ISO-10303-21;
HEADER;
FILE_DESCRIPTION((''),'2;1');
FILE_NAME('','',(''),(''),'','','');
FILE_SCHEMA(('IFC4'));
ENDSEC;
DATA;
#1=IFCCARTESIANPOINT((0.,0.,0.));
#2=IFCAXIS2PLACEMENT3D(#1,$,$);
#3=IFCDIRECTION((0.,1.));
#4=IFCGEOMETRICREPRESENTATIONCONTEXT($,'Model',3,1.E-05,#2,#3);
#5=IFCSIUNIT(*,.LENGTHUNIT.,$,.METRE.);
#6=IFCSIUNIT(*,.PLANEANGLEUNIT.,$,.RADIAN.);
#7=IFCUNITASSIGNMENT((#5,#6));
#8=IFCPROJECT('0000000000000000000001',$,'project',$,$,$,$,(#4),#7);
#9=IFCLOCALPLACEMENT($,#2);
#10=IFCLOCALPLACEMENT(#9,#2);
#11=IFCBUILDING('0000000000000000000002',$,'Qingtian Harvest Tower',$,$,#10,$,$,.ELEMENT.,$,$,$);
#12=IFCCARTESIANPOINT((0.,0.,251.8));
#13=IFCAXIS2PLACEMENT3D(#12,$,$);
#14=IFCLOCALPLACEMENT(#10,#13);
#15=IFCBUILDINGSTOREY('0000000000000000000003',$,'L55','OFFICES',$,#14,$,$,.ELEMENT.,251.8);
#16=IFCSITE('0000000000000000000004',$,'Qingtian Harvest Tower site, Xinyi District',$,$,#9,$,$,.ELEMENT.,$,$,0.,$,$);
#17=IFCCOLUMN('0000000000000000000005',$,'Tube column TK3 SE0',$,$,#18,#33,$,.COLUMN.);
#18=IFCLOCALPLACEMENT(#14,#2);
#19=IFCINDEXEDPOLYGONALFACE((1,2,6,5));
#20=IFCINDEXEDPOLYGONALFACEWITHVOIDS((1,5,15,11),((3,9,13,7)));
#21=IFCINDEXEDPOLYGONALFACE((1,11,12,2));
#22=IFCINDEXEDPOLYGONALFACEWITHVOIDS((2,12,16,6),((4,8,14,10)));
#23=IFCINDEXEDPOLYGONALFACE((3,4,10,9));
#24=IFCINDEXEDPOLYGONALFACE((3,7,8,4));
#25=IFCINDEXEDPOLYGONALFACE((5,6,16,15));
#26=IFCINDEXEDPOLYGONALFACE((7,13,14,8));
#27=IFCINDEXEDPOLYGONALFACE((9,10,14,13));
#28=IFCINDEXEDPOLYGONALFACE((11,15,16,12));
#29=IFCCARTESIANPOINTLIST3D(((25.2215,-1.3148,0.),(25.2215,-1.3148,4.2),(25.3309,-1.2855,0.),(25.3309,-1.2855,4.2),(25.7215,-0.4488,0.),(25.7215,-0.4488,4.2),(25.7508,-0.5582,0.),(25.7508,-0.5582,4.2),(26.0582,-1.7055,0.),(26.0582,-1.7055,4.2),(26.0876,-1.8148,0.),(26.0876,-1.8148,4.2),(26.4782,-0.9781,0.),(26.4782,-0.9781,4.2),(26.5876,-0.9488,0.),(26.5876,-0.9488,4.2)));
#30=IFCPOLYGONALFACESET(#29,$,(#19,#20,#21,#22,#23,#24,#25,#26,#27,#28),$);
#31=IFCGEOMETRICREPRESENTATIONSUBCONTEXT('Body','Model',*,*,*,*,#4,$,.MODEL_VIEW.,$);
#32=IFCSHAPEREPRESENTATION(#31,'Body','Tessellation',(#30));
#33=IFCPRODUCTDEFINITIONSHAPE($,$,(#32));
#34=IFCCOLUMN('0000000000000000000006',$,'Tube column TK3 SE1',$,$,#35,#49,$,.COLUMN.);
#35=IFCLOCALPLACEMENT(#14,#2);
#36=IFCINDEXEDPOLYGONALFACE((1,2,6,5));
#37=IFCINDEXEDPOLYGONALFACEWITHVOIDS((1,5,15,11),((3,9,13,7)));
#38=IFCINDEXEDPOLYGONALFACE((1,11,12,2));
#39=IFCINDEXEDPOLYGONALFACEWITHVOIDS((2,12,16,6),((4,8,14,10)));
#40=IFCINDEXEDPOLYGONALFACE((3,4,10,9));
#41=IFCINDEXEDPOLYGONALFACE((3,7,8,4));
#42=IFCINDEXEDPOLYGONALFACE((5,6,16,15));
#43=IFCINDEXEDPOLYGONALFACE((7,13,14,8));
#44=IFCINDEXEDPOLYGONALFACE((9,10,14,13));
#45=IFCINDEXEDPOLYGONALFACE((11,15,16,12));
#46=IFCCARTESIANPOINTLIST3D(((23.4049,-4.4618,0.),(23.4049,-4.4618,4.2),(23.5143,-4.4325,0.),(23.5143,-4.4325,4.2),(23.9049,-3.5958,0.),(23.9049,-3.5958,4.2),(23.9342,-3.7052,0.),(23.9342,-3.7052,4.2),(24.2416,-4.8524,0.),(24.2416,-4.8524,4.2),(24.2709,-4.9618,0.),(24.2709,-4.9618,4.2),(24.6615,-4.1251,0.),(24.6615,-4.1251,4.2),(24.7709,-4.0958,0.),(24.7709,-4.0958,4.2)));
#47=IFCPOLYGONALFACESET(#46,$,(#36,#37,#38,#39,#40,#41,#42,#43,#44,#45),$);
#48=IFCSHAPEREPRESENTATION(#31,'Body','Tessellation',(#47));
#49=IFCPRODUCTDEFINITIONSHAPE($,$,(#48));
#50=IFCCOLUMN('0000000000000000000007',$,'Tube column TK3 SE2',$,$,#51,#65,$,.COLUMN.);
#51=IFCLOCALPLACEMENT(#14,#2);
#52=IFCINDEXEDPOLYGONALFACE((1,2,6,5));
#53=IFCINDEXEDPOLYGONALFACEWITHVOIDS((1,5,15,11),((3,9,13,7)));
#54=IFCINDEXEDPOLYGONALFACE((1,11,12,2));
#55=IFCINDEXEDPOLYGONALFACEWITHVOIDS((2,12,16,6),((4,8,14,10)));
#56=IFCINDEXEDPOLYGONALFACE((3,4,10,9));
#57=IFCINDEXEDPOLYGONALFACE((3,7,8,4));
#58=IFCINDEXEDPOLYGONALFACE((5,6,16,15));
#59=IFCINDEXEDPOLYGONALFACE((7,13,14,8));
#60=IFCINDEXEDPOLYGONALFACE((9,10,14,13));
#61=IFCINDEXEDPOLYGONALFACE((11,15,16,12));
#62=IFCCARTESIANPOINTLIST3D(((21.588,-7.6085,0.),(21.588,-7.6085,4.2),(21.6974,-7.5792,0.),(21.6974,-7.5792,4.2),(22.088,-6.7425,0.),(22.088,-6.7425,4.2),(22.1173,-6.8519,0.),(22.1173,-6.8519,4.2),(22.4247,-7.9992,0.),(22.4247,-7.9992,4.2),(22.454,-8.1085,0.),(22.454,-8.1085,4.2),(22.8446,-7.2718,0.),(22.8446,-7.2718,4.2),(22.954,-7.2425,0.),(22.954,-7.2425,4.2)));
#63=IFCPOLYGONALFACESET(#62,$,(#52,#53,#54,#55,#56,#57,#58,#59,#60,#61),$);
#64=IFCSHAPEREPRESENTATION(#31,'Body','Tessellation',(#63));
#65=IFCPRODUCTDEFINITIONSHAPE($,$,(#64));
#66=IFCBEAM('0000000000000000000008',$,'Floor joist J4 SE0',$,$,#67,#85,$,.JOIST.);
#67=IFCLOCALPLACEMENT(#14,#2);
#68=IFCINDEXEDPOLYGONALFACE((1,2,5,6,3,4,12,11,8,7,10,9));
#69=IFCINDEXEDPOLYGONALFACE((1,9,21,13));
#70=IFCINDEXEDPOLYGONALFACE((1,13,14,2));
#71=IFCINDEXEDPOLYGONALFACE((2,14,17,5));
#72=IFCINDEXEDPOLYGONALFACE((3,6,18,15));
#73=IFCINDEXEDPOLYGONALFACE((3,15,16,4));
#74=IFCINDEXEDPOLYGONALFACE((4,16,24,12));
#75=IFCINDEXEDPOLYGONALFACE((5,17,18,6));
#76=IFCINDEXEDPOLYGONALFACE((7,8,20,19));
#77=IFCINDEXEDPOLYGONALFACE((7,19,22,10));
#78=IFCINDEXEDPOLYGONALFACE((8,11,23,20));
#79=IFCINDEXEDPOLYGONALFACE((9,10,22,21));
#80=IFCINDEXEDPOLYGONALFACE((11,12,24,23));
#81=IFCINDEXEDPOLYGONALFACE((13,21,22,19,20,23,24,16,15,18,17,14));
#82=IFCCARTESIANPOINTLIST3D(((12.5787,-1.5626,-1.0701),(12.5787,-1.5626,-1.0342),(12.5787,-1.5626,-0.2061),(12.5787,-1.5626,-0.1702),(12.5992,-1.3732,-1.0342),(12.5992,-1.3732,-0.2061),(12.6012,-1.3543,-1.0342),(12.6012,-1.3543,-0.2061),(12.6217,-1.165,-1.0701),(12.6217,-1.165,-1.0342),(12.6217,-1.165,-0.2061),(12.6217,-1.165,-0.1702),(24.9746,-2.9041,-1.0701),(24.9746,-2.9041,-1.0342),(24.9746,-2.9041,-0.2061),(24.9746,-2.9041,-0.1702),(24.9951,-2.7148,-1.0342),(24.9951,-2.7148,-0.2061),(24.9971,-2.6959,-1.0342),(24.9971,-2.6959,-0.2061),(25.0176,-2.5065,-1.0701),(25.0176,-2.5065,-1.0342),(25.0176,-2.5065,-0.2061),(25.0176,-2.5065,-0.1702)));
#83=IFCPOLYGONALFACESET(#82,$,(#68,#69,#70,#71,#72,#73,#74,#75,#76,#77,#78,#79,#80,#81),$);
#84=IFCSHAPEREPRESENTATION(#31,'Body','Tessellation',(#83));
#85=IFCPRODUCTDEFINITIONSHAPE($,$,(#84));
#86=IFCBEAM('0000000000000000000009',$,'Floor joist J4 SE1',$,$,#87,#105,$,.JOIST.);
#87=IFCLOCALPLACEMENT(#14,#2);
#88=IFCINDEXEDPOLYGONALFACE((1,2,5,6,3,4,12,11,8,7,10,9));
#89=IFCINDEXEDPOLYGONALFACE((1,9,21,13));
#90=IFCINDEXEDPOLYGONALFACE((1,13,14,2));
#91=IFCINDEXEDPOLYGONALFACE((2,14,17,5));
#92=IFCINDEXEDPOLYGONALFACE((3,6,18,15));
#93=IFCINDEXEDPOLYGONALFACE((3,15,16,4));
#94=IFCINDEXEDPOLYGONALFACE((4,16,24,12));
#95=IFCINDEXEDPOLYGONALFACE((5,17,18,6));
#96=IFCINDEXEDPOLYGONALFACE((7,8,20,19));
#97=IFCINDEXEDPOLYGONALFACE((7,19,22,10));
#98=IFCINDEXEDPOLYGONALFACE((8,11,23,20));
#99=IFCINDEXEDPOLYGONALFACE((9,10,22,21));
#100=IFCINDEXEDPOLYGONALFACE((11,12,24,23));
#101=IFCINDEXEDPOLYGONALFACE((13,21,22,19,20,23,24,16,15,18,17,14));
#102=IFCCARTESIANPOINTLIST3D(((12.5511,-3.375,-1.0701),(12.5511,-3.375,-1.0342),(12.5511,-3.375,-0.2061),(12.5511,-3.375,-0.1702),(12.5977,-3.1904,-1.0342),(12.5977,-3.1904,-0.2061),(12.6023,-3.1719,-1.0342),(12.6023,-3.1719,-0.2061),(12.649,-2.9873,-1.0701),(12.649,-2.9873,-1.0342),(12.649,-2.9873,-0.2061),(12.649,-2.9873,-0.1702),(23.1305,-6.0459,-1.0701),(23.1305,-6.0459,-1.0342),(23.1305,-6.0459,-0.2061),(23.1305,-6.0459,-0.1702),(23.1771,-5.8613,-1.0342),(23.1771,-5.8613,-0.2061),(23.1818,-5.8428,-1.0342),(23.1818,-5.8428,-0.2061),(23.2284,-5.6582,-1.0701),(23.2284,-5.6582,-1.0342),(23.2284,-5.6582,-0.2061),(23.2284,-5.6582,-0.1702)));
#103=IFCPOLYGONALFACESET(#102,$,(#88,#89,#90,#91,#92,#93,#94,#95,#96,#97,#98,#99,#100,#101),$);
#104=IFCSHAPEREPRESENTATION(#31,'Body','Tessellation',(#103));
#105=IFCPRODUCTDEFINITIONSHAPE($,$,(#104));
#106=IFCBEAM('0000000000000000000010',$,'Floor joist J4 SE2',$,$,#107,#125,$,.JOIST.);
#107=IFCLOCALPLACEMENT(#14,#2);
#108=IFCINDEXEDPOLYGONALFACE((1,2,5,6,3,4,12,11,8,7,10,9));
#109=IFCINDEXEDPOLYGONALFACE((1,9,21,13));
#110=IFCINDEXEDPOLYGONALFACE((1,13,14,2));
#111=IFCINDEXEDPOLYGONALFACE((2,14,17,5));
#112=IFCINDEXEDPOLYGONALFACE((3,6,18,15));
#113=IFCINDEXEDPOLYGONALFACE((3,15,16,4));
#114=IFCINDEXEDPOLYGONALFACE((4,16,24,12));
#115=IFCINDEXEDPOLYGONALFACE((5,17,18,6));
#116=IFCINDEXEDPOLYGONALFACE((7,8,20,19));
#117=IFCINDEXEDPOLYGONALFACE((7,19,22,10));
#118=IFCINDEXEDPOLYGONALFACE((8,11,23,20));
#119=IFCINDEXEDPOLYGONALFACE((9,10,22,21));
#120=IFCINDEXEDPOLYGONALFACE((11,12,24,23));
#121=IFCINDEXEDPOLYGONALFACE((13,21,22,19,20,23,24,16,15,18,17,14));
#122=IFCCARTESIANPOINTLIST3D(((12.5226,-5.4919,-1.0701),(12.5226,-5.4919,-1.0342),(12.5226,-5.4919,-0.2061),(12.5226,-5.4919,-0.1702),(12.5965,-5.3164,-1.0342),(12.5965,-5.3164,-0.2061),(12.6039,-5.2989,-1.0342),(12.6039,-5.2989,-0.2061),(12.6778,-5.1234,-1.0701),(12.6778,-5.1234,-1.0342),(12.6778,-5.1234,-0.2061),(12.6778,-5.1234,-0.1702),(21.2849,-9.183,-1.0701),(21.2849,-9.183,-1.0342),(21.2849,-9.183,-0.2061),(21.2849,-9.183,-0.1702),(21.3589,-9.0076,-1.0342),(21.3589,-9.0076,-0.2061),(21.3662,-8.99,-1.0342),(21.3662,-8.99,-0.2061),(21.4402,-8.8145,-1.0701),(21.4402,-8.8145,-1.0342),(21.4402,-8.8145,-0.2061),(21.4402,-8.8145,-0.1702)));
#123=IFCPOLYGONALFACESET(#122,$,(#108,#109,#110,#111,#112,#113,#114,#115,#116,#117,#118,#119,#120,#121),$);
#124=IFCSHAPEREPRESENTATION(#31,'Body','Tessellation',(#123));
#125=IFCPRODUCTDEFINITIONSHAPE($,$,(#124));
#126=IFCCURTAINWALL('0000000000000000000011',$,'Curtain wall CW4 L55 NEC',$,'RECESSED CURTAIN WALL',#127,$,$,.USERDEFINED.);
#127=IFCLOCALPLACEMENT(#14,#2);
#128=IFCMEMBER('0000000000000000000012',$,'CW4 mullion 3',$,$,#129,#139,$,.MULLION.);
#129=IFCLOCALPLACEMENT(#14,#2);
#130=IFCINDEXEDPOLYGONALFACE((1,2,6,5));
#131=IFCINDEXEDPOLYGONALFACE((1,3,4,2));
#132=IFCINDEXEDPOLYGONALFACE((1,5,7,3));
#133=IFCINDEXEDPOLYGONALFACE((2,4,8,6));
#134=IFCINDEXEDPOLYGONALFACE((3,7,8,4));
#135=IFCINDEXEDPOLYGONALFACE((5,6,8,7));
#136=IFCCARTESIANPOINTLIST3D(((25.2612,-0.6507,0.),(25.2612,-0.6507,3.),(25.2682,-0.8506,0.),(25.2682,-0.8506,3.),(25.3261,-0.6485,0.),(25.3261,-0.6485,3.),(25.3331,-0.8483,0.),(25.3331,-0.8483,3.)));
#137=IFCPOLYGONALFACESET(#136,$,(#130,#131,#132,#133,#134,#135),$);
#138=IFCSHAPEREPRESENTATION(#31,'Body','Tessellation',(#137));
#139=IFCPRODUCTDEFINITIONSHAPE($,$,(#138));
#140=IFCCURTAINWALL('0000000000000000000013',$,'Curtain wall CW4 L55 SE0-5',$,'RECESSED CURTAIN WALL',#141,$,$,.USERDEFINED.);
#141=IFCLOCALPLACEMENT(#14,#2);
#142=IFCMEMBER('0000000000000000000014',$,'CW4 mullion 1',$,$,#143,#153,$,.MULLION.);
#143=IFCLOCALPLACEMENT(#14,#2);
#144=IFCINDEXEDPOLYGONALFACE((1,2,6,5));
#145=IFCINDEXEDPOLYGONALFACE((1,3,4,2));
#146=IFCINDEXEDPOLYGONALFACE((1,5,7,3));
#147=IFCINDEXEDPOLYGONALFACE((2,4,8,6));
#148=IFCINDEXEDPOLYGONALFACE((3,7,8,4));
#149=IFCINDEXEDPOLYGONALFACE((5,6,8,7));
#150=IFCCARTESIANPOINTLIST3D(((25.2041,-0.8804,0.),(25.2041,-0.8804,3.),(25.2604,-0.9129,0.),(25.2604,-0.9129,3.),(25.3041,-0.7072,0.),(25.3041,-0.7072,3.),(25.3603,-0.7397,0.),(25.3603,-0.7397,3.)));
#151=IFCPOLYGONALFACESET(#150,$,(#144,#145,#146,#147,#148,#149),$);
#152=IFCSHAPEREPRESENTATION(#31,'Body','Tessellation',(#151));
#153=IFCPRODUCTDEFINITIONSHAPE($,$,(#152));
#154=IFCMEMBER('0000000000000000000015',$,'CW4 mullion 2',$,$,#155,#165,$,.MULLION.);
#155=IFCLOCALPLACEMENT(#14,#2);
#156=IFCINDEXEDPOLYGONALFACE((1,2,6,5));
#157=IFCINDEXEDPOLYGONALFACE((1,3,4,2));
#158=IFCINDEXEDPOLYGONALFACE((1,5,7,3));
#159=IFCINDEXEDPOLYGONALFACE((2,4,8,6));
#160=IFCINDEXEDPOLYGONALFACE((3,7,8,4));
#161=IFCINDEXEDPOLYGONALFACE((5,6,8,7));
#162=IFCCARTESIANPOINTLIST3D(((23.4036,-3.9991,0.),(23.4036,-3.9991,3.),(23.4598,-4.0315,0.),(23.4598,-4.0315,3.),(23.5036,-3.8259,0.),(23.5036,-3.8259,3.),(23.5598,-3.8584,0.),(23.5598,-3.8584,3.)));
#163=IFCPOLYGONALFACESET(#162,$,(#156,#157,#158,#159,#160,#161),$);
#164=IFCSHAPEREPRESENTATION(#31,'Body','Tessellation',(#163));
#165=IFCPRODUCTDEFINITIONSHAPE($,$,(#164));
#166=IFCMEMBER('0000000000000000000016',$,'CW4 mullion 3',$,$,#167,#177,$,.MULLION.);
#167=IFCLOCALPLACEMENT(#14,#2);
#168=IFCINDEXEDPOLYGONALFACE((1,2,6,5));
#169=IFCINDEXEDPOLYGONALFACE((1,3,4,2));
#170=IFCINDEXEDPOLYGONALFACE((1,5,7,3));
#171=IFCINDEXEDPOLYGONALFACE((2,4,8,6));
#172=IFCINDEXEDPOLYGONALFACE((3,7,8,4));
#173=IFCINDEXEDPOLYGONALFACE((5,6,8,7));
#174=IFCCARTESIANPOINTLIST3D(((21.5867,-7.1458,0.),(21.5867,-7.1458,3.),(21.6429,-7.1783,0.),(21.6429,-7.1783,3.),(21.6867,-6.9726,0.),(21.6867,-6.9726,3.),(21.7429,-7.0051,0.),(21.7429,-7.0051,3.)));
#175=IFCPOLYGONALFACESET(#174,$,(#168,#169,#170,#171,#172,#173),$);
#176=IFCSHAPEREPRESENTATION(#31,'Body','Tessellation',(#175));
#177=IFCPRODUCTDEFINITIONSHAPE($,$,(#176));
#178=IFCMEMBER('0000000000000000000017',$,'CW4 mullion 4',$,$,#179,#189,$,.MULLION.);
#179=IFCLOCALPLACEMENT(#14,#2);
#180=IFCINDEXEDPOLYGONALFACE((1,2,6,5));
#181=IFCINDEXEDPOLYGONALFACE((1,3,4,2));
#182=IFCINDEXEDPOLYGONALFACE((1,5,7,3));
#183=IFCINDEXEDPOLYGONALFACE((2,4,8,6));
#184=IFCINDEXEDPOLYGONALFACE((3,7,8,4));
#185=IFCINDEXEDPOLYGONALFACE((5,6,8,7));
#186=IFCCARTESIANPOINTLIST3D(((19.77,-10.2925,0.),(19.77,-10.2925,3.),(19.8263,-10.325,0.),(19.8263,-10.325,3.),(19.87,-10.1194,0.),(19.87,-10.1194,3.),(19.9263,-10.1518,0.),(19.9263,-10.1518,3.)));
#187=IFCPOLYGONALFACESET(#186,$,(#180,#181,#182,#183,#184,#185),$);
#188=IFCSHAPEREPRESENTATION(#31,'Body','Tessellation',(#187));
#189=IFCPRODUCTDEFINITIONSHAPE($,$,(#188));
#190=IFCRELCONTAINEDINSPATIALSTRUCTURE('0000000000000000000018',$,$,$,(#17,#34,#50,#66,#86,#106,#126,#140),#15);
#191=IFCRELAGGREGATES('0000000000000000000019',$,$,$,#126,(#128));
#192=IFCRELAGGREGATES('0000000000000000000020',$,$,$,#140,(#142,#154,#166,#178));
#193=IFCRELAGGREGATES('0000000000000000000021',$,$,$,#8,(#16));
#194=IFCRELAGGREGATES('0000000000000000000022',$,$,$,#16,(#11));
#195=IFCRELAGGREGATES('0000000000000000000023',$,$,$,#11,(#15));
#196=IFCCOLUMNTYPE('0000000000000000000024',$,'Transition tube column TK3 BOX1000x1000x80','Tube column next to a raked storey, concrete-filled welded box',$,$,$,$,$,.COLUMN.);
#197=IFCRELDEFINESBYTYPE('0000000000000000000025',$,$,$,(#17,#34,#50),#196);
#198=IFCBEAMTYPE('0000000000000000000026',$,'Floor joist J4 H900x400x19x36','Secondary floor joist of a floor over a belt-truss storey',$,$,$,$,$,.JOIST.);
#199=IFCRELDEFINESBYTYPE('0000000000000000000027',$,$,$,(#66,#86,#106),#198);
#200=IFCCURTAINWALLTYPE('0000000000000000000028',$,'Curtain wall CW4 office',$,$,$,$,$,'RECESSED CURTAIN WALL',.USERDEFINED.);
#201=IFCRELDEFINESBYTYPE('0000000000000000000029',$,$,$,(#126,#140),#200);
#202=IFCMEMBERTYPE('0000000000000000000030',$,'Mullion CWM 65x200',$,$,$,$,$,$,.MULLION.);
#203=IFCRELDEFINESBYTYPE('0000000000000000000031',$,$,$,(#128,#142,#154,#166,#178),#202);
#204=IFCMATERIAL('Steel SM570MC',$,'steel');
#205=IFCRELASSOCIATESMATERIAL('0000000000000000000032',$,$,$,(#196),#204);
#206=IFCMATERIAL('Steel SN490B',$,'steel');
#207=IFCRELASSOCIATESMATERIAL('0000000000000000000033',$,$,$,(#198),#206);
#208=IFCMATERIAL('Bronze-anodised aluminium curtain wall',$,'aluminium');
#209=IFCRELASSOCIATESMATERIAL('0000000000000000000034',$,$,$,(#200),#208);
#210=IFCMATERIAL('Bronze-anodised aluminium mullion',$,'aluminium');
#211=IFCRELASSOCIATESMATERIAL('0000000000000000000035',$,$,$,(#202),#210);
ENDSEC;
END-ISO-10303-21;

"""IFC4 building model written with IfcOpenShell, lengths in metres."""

from ifc_helpers import new_model, si_unit, direction, frame, origin, origin_2d, place, context, subcontext, project, spatial, rectangle, hollow_rectangle, i_section, extrude, material, material_profile, profile_set, type_object, element, aggregate, save


model = new_model("IFC4")

# Units and contexts
model_context = context("Model", 3, precision=1e-05, world=origin(), true_north=direction((0.0, 1.0)))
body_context = subcontext(model_context, "Body", "Model", "MODEL_VIEW")
ifc_project = project(units=[si_unit("LENGTHUNIT", "METRE"), si_unit("PLANEANGLEUNIT", "RADIAN")], contexts=[model_context])

# Site, building, storey
site_placement = place(None, origin())
site = spatial("IfcSite", under=ifc_project, at=site_placement, Name="Qingtian Harvest Tower site, Xinyi District", CompositionType="ELEMENT", RefElevation=0.0)
building_placement = place(site_placement, origin())
building = spatial("IfcBuilding", under=site, at=building_placement, Name="Qingtian Harvest Tower", CompositionType="ELEMENT")
storey_placement = place(building_placement, frame((0.0, 0.0, 251.8)))
storey = spatial("IfcBuildingStorey", under=building, at=storey_placement, Name="L55", Description="OFFICES", CompositionType="ELEMENT", Elevation=251.8)

# Columns
ifc_material_1 = material(Name="Steel SM570MC", Category="steel")
ifc_material_profile_1 = material_profile(ifc_material_1, hollow_rectangle(XDim=1.0, YDim=1.0, WallThickness=0.0801, at=origin_2d()), Name="BOX1000x1000x80")
ifc_profile_set_1 = profile_set([ifc_material_profile_1], Name="Steel SM570MC")
column_type = type_object("IfcColumnType", Name="Transition tube column TK3 BOX1000x1000x80", Description="Tube column next to a raked storey, concrete-filled welded box", PredefinedType="COLUMN", material=ifc_profile_set_1)
for number, where, z_axis, x_axis, name in (
    (1, (25.9045, -1.1318, 0.0), (0.0, 0.0, 1.0), (0.5, 0.866025, 0.0), "Tube column TK3 SE0"),
    (2, (24.0879, -4.2788, 0.0), (0.0, 0.0, 1.0), (0.5, 0.866025, 0.0), "Tube column TK3 SE1"),
    (3, (22.271, -7.4255, 0.0), (0.0, 0.0, 1.0), (0.5, 0.866025, 0.0), "Tube column TK3 SE2"),
):
    element("IfcColumn", number, at=place(storey_placement, frame(where, z_axis=z_axis, x_axis=x_axis)), inside=storey, type_object=column_type, Name=name, PredefinedType="COLUMN", context=body_context, shape_type="SweptSolid", body=[
        extrude(hollow_rectangle(XDim=1.0, YDim=1.0, WallThickness=0.0801, at=origin_2d()), origin(), (0.0, 0.0, 1.0), 4.2),
    ])

# Beams
ifc_material_2 = material(Name="Steel SN490B", Category="steel")
ifc_material_profile_2 = material_profile(ifc_material_2, i_section(OverallWidth=0.3999, OverallDepth=0.8999, WebThickness=0.019, FlangeThickness=0.0359, at=origin_2d()), Name="H900x400x19x36")
ifc_profile_set_2 = profile_set([ifc_material_profile_2], Name="Steel SN490B")
beam_type_1 = type_object("IfcBeamType", Name="Floor joist J4 H900x400x19x36", Description="Secondary floor joist of a floor over a belt-truss storey", PredefinedType="JOIST", material=ifc_profile_set_2)
beam_1_placement = place(storey_placement, frame((24.9961, -2.7053, -0.6201), z_axis=(-0.994195, 0.107596, 0.0), x_axis=(-0.107596, -0.994195, 0.0)))
element("IfcBeam", 4, at=beam_1_placement, inside=storey, type_object=beam_type_1, Name="Floor joist J4 SE0", PredefinedType="JOIST", context=body_context, shape_type="SweptSolid", body=[
    extrude(i_section(OverallWidth=0.3999, OverallDepth=0.8999, WebThickness=0.019, FlangeThickness=0.0359, at=origin_2d()), origin(), (0.0, 0.0, 1.0), 12.4683),
])
beam_2_placement = place(storey_placement, frame((23.1794, -5.8521, -0.6201), z_axis=(-0.969578, 0.244783, 0.0), x_axis=(-0.244783, -0.969578, 0.0)))
element("IfcBeam", 5, at=beam_2_placement, inside=storey, type_object=beam_type_1, Name="Floor joist J4 SE1", PredefinedType="JOIST", context=body_context, shape_type="SweptSolid", body=[
    extrude(i_section(OverallWidth=0.3999, OverallDepth=0.8999, WebThickness=0.019, FlangeThickness=0.0359, at=origin_2d()), origin(), (0.0, 0.0, 1.0), 10.9114),
])
beam_3_placement = place(storey_placement, frame((21.3625, -8.9988, -0.6201), z_axis=(-0.921571, 0.38821, 0.0), x_axis=(-0.38821, -0.921571, 0.0)))
element("IfcBeam", 6, at=beam_3_placement, inside=storey, type_object=beam_type_1, Name="Floor joist J4 SE2", PredefinedType="JOIST", context=body_context, shape_type="SweptSolid", body=[
    extrude(i_section(OverallWidth=0.3999, OverallDepth=0.8999, WebThickness=0.019, FlangeThickness=0.0359, at=origin_2d()), origin(), (0.0, 0.0, 1.0), 9.5081),
])

# Curtain wall, member
ifc_material_3 = material(Name="Bronze-anodised aluminium curtain wall", Category="aluminium")
curtain_wall_type = type_object("IfcCurtainWallType", Name="Curtain wall CW4 office", ElementType="RECESSED CURTAIN WALL", PredefinedType="USERDEFINED", material=ifc_material_3)
curtain_wall_1_placement = place(storey_placement, origin())
curtain_wall_1 = element("IfcCurtainWall", 7, at=curtain_wall_1_placement, inside=storey, type_object=curtain_wall_type, Name="Curtain wall CW4 L55 NEC", ObjectType="RECESSED CURTAIN WALL", PredefinedType="USERDEFINED")
ifc_material_4 = material(Name="Bronze-anodised aluminium mullion", Category="aluminium")
ifc_material_profile_3 = material_profile(ifc_material_4, rectangle(XDim=0.0649, YDim=0.2, at=origin_2d()), Name="AL 65x200")
ifc_profile_set_3 = profile_set([ifc_material_profile_3], Name="Bronze-anodised aluminium mullion")
member_type_1 = type_object("IfcMemberType", Name="Mullion CWM 65x200", PredefinedType="MULLION", material=ifc_profile_set_3)
member_1_placement = place(storey_placement, frame((25.2971, -0.7495, 0.0), z_axis=(0.0, 0.0, 1.0), x_axis=(0.999391, 0.034899, 0.0)))
member_1 = element("IfcMember", 8, at=member_1_placement, type_object=member_type_1, Name="CW4 mullion 3", PredefinedType="MULLION", context=body_context, shape_type="SweptSolid", body=[
    extrude(rectangle(XDim=0.0649, YDim=0.2, at=origin_2d()), origin(), (0.0, 0.0, 1.0), 3.0),
])
aggregate(curtain_wall_1, [member_1])

# Curtain wall, members
curtain_wall_2_placement = place(storey_placement, origin())
curtain_wall_2 = element("IfcCurtainWall", 9, at=curtain_wall_2_placement, inside=storey, type_object=curtain_wall_type, Name="Curtain wall CW4 L55 SE0-5", ObjectType="RECESSED CURTAIN WALL", PredefinedType="USERDEFINED")
member_2_placement = place(storey_placement, frame((25.2822, -0.8101, 0.0), z_axis=(0.0, 0.0, 1.0), x_axis=(0.866025, -0.5, 0.0)))
member_2 = element("IfcMember", 10, at=member_2_placement, type_object=member_type_1, Name="CW4 mullion 1", PredefinedType="MULLION", context=body_context, shape_type="SweptSolid", body=[
    extrude(rectangle(XDim=0.0649, YDim=0.2, at=origin_2d()), origin(), (0.0, 0.0, 1.0), 3.0),
])
member_3_placement = place(storey_placement, frame((23.4817, -3.9287, 0.0), z_axis=(0.0, 0.0, 1.0), x_axis=(0.866025, -0.5, 0.0)))
member_3 = element("IfcMember", 11, at=member_3_placement, type_object=member_type_1, Name="CW4 mullion 2", PredefinedType="MULLION", context=body_context, shape_type="SweptSolid", body=[
    extrude(rectangle(XDim=0.0649, YDim=0.2, at=origin_2d()), origin(), (0.0, 0.0, 1.0), 3.0),
])
member_4_placement = place(storey_placement, frame((21.6648, -7.0754, 0.0), z_axis=(0.0, 0.0, 1.0), x_axis=(0.866025, -0.5, 0.0)))
member_4 = element("IfcMember", 12, at=member_4_placement, type_object=member_type_1, Name="CW4 mullion 3", PredefinedType="MULLION", context=body_context, shape_type="SweptSolid", body=[
    extrude(rectangle(XDim=0.0649, YDim=0.2, at=origin_2d()), origin(), (0.0, 0.0, 1.0), 3.0),
])
member_5_placement = place(storey_placement, frame((19.8481, -10.2222, 0.0), z_axis=(0.0, 0.0, 1.0), x_axis=(0.866025, -0.5, 0.0)))
member_5 = element("IfcMember", 13, at=member_5_placement, type_object=member_type_1, Name="CW4 mullion 4", PredefinedType="MULLION", context=body_context, shape_type="SweptSolid", body=[
    extrude(rectangle(XDim=0.0649, YDim=0.2, at=origin_2d()), origin(), (0.0, 0.0, 1.0), 3.0),
])

aggregate(curtain_wall_2, [member_2, member_3, member_4, member_5])

save(model, "model.ifc")
